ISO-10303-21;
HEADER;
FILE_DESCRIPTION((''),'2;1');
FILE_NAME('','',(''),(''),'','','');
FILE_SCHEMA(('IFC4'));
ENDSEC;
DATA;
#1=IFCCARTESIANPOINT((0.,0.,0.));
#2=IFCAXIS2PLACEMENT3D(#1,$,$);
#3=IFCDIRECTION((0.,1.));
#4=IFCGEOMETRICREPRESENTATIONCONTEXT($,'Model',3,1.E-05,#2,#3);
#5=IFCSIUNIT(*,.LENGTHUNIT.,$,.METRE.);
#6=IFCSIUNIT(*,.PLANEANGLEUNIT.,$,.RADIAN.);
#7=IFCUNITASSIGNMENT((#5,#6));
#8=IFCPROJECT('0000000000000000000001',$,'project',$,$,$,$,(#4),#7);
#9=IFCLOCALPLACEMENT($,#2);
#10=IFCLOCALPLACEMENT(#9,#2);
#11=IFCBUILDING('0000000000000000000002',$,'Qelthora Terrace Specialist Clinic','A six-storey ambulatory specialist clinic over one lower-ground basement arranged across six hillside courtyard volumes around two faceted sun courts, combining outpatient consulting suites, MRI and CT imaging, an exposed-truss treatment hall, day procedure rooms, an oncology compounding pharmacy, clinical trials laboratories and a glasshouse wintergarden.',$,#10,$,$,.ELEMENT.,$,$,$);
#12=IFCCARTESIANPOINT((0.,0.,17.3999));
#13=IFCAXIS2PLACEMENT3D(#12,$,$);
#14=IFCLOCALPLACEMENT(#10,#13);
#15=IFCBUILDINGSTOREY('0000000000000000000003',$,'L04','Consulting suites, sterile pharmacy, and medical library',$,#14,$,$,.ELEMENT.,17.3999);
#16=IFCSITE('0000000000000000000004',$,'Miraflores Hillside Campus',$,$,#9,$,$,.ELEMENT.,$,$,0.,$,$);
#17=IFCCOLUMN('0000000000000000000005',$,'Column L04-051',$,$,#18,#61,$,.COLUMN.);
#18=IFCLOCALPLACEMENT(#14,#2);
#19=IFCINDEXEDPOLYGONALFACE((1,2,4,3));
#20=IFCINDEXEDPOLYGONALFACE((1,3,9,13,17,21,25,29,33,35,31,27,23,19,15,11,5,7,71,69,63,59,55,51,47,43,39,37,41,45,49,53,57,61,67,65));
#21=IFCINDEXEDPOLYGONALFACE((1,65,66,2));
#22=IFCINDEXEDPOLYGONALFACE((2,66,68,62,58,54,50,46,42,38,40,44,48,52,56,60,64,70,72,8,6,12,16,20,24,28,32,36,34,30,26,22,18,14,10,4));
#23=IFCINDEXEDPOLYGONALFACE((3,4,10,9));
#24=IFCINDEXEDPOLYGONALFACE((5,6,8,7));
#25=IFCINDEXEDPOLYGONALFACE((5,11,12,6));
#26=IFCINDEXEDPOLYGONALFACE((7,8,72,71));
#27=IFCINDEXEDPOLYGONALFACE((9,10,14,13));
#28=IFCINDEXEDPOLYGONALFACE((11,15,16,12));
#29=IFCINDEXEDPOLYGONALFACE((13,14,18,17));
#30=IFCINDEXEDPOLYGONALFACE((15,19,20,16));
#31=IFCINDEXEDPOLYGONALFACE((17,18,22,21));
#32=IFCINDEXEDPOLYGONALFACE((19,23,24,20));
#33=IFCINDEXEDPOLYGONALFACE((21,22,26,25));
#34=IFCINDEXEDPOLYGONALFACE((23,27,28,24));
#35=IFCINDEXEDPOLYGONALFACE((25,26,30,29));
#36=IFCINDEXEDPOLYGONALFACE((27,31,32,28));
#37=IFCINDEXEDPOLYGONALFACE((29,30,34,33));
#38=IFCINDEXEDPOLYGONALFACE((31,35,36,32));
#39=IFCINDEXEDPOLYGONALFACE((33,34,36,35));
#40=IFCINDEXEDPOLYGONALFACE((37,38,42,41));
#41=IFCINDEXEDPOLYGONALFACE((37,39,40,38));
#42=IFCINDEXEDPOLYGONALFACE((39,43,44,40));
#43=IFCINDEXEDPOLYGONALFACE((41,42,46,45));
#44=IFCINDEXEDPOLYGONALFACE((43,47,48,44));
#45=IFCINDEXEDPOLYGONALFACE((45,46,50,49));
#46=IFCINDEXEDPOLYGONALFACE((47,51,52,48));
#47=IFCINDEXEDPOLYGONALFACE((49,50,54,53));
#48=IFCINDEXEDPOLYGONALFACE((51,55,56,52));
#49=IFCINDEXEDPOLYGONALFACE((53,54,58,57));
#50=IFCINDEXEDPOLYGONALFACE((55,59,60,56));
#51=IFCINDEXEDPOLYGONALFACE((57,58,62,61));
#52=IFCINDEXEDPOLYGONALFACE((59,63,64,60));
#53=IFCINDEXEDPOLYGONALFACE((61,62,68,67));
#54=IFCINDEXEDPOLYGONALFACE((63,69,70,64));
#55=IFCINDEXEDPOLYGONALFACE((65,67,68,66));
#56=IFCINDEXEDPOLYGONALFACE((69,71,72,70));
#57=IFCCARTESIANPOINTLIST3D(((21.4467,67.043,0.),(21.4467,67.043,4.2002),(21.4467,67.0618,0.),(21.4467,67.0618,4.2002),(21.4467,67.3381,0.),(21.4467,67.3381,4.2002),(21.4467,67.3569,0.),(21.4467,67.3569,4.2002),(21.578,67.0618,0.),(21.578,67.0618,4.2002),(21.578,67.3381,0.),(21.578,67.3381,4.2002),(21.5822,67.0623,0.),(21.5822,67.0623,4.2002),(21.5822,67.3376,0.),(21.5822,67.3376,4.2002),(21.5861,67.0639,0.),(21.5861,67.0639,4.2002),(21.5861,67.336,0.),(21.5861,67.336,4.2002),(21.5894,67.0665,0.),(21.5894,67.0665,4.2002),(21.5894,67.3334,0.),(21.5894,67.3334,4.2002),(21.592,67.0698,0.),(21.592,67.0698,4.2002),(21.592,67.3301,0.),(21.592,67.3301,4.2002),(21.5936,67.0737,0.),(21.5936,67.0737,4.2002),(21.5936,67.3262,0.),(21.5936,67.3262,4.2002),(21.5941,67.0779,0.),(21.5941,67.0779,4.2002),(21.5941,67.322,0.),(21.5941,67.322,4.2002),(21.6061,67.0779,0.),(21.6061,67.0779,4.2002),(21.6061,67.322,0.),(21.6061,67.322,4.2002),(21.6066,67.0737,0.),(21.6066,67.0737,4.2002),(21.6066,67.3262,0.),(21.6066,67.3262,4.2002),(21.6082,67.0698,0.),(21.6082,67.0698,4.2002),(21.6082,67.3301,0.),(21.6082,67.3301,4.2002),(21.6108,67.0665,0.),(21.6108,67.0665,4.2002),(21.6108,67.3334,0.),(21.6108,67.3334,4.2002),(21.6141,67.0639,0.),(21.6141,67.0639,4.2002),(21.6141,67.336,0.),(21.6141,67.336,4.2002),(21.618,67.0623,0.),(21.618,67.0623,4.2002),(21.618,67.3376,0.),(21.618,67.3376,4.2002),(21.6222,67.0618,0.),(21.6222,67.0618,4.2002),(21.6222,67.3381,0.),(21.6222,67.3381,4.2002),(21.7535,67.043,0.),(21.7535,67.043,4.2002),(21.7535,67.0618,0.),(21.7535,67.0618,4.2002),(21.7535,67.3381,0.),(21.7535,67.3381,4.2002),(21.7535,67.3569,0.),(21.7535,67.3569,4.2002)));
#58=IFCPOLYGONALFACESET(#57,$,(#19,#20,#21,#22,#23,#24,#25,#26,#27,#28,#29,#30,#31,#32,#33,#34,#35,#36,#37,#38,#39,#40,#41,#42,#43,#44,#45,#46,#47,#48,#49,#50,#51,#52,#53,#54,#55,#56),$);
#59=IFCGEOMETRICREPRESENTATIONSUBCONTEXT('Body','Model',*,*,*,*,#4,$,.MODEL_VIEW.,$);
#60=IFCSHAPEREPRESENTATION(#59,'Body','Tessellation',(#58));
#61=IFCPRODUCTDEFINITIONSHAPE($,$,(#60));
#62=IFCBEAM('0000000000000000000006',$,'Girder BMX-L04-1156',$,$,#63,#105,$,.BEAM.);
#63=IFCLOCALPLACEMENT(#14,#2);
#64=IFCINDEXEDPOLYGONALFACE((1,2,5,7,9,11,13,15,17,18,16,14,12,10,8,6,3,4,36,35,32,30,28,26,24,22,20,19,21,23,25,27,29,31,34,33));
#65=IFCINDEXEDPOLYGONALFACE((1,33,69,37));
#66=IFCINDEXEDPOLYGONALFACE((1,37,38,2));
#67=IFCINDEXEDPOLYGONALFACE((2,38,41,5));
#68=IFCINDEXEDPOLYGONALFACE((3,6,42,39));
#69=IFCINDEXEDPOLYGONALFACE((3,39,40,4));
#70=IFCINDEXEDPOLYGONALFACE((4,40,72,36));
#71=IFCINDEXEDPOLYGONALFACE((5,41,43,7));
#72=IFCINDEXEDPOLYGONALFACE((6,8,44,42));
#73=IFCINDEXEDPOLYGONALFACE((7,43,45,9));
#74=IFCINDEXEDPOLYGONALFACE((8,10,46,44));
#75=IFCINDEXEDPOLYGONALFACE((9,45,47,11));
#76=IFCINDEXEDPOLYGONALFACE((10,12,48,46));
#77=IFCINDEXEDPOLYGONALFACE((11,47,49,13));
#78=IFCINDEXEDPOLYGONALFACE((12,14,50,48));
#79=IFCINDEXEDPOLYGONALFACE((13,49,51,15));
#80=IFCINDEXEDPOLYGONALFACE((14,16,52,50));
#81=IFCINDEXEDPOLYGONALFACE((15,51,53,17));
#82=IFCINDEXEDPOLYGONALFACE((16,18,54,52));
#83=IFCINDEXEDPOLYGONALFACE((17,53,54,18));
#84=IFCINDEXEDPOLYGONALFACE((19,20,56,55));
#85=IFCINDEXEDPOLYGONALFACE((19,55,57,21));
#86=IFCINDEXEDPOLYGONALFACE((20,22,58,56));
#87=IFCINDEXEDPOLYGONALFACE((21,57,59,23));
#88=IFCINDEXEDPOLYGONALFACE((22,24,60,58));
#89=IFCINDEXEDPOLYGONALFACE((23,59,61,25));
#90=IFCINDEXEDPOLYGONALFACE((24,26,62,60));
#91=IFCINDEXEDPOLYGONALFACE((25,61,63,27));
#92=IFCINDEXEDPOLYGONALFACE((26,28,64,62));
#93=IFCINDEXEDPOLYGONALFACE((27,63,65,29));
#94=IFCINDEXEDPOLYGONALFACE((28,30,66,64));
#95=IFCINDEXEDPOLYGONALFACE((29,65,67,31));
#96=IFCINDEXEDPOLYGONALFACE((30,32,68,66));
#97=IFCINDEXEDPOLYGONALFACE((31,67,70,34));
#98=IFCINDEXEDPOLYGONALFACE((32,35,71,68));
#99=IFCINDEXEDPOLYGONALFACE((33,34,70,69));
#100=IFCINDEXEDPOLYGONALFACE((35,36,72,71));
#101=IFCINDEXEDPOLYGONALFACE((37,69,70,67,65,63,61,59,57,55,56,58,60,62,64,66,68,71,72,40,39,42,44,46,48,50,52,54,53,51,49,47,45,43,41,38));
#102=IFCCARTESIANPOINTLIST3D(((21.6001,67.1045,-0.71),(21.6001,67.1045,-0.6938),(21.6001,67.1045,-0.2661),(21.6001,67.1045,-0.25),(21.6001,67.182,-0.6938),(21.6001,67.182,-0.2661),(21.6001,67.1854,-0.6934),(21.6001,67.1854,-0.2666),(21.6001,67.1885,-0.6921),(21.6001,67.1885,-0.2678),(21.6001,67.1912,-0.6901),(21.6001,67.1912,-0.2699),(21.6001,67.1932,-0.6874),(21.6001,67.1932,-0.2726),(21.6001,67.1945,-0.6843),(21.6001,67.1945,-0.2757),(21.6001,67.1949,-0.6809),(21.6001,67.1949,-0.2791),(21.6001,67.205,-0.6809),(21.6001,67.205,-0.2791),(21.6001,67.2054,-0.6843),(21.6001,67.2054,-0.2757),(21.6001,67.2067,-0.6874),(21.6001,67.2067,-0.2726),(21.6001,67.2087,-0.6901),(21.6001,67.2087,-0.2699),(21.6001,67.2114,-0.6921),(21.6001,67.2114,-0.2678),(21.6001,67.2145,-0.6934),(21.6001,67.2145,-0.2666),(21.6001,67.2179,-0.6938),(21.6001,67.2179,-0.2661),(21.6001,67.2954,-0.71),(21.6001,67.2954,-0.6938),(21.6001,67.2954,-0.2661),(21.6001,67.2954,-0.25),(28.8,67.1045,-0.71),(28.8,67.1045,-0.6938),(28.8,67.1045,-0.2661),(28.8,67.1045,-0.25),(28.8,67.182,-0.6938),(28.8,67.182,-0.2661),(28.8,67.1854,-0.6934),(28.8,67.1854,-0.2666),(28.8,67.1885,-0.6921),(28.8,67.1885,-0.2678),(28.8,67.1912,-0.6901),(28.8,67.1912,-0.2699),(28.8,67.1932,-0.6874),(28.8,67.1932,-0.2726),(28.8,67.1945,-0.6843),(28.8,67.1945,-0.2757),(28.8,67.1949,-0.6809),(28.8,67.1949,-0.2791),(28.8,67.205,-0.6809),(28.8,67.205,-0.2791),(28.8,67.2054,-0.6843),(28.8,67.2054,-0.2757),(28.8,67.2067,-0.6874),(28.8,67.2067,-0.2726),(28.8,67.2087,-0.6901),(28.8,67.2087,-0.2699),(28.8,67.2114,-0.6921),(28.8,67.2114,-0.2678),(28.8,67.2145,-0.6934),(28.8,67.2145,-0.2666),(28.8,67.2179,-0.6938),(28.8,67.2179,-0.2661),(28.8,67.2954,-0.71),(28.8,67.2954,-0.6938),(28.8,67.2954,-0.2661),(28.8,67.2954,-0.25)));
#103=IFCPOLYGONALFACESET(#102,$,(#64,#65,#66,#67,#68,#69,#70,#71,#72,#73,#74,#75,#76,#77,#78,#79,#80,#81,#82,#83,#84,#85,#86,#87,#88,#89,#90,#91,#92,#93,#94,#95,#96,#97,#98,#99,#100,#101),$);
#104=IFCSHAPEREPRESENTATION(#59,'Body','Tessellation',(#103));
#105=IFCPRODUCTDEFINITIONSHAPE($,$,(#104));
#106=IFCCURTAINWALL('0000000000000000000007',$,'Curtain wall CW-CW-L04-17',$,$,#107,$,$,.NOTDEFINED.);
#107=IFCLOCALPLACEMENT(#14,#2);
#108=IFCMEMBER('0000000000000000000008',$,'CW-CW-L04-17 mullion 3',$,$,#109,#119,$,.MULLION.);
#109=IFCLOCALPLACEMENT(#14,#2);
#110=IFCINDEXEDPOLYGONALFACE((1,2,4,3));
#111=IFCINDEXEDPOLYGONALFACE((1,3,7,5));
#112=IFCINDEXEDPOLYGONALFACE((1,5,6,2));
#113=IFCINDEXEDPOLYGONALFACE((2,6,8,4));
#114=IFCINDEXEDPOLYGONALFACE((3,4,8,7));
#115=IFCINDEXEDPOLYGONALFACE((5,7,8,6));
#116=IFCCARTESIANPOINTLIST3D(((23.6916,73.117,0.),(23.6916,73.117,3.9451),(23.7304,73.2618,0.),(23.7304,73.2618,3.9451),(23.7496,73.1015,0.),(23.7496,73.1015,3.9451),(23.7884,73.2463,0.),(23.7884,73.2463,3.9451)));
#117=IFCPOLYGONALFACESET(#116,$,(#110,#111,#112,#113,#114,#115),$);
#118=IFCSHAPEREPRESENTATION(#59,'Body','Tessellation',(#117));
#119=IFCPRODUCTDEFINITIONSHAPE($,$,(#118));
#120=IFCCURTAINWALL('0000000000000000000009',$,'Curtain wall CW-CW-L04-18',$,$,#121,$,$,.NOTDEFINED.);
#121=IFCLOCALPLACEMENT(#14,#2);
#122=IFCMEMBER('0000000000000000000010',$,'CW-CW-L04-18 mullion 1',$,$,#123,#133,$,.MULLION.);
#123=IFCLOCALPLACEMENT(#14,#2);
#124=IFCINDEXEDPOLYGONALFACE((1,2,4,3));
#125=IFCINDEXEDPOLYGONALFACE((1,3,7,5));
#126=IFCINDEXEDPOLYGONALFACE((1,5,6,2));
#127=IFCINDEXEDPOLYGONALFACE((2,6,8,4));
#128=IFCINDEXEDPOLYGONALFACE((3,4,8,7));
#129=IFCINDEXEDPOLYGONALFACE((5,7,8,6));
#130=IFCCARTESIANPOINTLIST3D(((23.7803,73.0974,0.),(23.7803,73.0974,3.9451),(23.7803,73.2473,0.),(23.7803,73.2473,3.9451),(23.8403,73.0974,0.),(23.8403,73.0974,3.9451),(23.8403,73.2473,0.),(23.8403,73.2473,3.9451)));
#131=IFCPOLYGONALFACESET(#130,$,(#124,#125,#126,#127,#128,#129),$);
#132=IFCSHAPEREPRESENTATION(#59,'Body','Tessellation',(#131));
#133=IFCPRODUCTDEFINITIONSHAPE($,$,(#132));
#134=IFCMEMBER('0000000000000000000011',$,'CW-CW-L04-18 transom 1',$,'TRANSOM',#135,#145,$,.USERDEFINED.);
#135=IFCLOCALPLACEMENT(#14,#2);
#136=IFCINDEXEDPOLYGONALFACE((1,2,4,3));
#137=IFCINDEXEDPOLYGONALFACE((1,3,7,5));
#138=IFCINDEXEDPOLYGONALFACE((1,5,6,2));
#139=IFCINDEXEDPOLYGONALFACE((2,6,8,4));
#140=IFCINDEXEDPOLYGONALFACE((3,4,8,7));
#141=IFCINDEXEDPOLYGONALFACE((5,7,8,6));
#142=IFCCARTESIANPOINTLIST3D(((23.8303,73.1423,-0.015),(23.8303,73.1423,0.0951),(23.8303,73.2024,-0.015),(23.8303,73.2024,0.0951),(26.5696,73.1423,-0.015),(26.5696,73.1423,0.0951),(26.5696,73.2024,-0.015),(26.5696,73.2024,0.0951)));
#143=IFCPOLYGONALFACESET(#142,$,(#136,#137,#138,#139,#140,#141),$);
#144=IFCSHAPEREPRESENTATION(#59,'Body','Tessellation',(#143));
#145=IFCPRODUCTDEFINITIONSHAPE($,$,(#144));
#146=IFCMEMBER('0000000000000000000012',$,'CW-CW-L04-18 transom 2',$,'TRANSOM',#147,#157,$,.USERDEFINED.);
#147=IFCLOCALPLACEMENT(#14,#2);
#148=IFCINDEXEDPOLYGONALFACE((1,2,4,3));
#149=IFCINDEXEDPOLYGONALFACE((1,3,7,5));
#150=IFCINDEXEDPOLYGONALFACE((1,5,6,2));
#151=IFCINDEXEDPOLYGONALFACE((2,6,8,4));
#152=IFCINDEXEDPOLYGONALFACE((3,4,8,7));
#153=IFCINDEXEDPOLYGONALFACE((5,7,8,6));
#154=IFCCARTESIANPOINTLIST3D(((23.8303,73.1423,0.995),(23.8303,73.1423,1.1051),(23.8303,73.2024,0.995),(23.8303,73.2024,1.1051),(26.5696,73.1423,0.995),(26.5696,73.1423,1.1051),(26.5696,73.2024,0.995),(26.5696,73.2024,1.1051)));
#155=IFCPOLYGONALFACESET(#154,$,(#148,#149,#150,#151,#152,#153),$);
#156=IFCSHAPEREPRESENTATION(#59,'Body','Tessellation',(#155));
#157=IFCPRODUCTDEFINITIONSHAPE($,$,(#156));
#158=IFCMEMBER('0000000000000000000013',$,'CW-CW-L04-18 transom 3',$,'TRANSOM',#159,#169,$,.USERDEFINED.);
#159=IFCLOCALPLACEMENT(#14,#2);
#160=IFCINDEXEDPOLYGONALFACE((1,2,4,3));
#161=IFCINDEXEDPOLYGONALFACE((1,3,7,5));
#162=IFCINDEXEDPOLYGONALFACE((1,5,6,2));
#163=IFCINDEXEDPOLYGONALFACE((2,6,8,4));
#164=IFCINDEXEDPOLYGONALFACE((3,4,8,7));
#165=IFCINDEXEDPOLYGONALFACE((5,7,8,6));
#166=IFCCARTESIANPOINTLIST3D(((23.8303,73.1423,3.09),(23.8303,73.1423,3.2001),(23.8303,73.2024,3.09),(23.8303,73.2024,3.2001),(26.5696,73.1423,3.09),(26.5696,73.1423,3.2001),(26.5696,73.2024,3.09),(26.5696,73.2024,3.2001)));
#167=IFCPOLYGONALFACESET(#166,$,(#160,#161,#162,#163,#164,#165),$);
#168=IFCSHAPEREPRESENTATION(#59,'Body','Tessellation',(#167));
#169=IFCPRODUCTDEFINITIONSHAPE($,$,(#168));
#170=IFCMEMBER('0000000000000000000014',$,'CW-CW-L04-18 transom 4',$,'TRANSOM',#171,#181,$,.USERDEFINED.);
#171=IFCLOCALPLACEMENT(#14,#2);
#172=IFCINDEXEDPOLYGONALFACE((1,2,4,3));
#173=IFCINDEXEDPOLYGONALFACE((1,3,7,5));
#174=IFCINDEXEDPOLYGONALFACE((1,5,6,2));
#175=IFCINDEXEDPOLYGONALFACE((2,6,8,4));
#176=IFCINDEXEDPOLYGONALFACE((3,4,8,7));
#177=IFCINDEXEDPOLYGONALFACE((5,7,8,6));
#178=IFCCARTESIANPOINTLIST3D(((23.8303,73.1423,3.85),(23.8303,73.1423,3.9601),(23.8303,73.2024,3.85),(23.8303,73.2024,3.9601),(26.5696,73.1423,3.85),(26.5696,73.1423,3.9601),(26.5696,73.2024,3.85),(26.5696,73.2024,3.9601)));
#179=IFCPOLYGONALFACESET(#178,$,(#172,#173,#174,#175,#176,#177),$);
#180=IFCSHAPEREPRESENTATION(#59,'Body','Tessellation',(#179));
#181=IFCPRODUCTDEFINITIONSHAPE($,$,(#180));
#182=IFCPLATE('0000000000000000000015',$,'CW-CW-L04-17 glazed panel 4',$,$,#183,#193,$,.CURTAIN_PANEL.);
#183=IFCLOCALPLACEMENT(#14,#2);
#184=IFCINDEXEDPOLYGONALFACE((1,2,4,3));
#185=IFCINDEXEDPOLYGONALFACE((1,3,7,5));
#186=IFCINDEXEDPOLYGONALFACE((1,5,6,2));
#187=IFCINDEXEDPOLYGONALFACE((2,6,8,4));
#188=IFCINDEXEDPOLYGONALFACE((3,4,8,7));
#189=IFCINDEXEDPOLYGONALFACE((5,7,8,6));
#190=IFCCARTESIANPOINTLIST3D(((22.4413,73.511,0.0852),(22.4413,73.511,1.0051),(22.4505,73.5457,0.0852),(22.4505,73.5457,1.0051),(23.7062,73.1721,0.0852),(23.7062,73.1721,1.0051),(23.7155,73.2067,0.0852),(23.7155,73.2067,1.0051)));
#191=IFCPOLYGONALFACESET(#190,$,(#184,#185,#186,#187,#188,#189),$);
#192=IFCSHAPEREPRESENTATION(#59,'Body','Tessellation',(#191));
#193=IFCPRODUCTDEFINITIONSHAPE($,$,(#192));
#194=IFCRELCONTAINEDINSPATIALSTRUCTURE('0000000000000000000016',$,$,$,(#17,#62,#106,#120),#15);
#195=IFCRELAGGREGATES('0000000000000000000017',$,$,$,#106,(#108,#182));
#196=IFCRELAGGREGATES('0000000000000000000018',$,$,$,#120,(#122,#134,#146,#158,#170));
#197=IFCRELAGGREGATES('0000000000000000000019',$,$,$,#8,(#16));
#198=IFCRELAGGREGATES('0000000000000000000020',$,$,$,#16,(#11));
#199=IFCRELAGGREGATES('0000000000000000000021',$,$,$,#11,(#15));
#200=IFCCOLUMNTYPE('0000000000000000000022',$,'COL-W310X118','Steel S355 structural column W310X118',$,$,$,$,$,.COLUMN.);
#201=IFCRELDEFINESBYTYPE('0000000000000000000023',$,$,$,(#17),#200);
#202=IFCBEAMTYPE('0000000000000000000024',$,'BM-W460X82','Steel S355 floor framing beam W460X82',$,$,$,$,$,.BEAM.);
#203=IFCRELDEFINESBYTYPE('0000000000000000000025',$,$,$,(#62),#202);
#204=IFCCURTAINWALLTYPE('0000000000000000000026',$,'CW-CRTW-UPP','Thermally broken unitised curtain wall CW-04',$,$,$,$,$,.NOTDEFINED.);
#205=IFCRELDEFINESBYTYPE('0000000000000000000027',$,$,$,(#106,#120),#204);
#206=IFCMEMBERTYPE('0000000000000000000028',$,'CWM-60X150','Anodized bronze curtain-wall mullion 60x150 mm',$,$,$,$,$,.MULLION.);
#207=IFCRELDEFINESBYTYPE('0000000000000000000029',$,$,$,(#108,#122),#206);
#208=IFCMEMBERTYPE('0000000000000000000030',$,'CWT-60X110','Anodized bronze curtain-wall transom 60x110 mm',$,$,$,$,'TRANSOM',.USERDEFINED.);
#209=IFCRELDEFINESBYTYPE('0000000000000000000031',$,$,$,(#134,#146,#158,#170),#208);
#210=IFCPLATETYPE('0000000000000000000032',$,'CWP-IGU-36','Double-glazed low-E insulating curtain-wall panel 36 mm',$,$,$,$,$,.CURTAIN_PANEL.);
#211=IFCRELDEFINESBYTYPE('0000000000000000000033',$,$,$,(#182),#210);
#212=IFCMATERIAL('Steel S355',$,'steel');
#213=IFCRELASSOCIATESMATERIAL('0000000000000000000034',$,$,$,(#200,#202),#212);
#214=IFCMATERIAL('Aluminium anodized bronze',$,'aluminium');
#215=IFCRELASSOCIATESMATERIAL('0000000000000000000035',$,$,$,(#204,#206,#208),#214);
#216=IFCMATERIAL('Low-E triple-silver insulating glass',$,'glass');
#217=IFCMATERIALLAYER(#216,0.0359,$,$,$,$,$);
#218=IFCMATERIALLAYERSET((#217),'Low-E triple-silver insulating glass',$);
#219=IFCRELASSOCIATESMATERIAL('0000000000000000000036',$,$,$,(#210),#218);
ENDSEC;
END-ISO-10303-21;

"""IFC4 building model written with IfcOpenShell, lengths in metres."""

from ifc_helpers import new_model, si_unit, direction, frame, origin, origin_2d, place, context, subcontext, project, spatial, rectangle, i_section, extrude, material, layer, layer_set, material_profile, profile_set, type_object, element, aggregate, save


model = new_model("IFC4")

# Units and contexts
model_context = context("Model", 3, precision=1e-05, world=origin(), true_north=direction((0.0, 1.0)))
body_context = subcontext(model_context, "Body", "Model", "MODEL_VIEW")
ifc_project = project(units=[si_unit("LENGTHUNIT", "METRE"), si_unit("PLANEANGLEUNIT", "RADIAN")], contexts=[model_context])

# Site, building, storey
site_placement = place(None, origin())
site = spatial("IfcSite", under=ifc_project, at=site_placement, Name="Miraflores Hillside Campus", CompositionType="ELEMENT", RefElevation=0.0)
building_placement = place(site_placement, origin())
building = spatial("IfcBuilding", under=site, at=building_placement, Name="Qelthora Terrace Specialist Clinic", Description="A six-storey ambulatory specialist clinic over one lower-ground basement arranged across six hillside courtyard volumes around two faceted sun courts, combining outpatient consulting suites, MRI and CT imaging, an exposed-truss treatment hall, day procedure rooms, an oncology compounding pharmacy, clinical trials laboratories and a glasshouse wintergarden.", CompositionType="ELEMENT")
storey_placement = place(building_placement, frame((0.0, 0.0, 17.3999)))
storey = spatial("IfcBuildingStorey", under=building, at=storey_placement, Name="L04", Description="Consulting suites, sterile pharmacy, and medical library", CompositionType="ELEMENT", Elevation=17.3999)

# Column
ifc_material_1 = material(Name="Steel S355", Category="steel")
ifc_material_profile_1 = material_profile(ifc_material_1, i_section(OverallWidth=0.3069, OverallDepth=0.314, WebThickness=0.012, FlangeThickness=0.0188, FilletRadius=0.0161, at=origin_2d()), Name="W310X118")
ifc_profile_set_1 = profile_set([ifc_material_profile_1], Name="Steel S355")
column_type = type_object("IfcColumnType", Name="COL-W310X118", Description="Steel S355 structural column W310X118", PredefinedType="COLUMN", material=ifc_profile_set_1)
column_placement = place(storey_placement, frame((21.6001, 67.2, 0.0), z_axis=(0.0, 0.0, 1.0), x_axis=(1.0, 0.0, 0.0)))
element("IfcColumn", 1, at=column_placement, inside=storey, type_object=column_type, Name="Column L04-051", PredefinedType="COLUMN", context=body_context, shape_type="SweptSolid", body=[
    extrude(i_section(OverallWidth=0.3069, OverallDepth=0.314, WebThickness=0.012, FlangeThickness=0.0188, FilletRadius=0.0161, at=origin_2d()), origin(), (0.0, 0.0, 1.0), 4.2002),
])

# Beam
ifc_material_profile_2 = material_profile(ifc_material_1, i_section(OverallWidth=0.1909, OverallDepth=0.46, WebThickness=0.01, FlangeThickness=0.0161, FilletRadius=0.0129, at=origin_2d()), Name="W460X82")
ifc_profile_set_2 = profile_set([ifc_material_profile_2], Name="Steel S355")
beam_type = type_object("IfcBeamType", Name="BM-W460X82", Description="Steel S355 floor framing beam W460X82", PredefinedType="BEAM", material=ifc_profile_set_2)
beam_placement = place(storey_placement, frame((21.6001, 67.2, -0.48), z_axis=(1.0, 0.0, 0.0), x_axis=(0.0, 1.0, 0.0)))
element("IfcBeam", 2, at=beam_placement, inside=storey, type_object=beam_type, Name="Girder BMX-L04-1156", PredefinedType="BEAM", context=body_context, shape_type="SweptSolid", body=[
    extrude(i_section(OverallWidth=0.1909, OverallDepth=0.46, WebThickness=0.01, FlangeThickness=0.0161, FilletRadius=0.0129, at=origin_2d()), origin(), (0.0, 0.0, 1.0), 7.2),
])

# Curtain wall, member
ifc_material_2 = material(Name="Aluminium anodized bronze", Category="aluminium")
curtain_wall_type = type_object("IfcCurtainWallType", Name="CW-CRTW-UPP", Description="Thermally broken unitised curtain wall CW-04", PredefinedType="NOTDEFINED", material=ifc_material_2)
curtain_wall_1_placement = place(storey_placement, origin())
curtain_wall_1 = element("IfcCurtainWall", 3, at=curtain_wall_1_placement, inside=storey, type_object=curtain_wall_type, Name="Curtain wall CW-CW-L04-17", PredefinedType="NOTDEFINED")
ifc_material_profile_3 = material_profile(ifc_material_2, rectangle(XDim=0.0601, YDim=0.1499, at=origin_2d()), Name="CWM60X150")
ifc_profile_set_3 = profile_set([ifc_material_profile_3], Name="Aluminium anodized bronze")
member_type_1 = type_object("IfcMemberType", Name="CWM-60X150", Description="Anodized bronze curtain-wall mullion 60x150 mm", PredefinedType="MULLION", material=ifc_profile_set_3)
member_1_placement = place(storey_placement, frame((23.74, 73.1816, 0.0), z_axis=(0.0, 0.0, 1.0), x_axis=(0.965925, -0.25882, 0.0)))
member_1 = element("IfcMember", 4, at=member_1_placement, type_object=member_type_1, Name="CW-CW-L04-17 mullion 3", PredefinedType="MULLION", context=body_context, shape_type="SweptSolid", body=[
    extrude(rectangle(XDim=0.0601, YDim=0.1499, at=origin_2d()), origin(), (0.0, 0.0, 1.0), 3.9451),
])

# Curtain wall, members
curtain_wall_2_placement = place(storey_placement, origin())
curtain_wall_2 = element("IfcCurtainWall", 5, at=curtain_wall_2_placement, inside=storey, type_object=curtain_wall_type, Name="Curtain wall CW-CW-L04-18", PredefinedType="NOTDEFINED")
member_2_placement = place(storey_placement, frame((23.8103, 73.1724, 0.0), z_axis=(0.0, 0.0, 1.0), x_axis=(1.0, 0.0, 0.0)))
member_2 = element("IfcMember", 6, at=member_2_placement, type_object=member_type_1, Name="CW-CW-L04-18 mullion 1", PredefinedType="MULLION", context=body_context, shape_type="SweptSolid", body=[
    extrude(rectangle(XDim=0.0601, YDim=0.1499, at=origin_2d()), origin(), (0.0, 0.0, 1.0), 3.9451),
])
ifc_material_profile_4 = material_profile(ifc_material_2, rectangle(XDim=0.0601, YDim=0.1101, at=origin_2d()), Name="CWT60X110")
ifc_profile_set_4 = profile_set([ifc_material_profile_4], Name="Aluminium anodized bronze")
member_type_2 = type_object("IfcMemberType", Name="CWT-60X110", Description="Anodized bronze curtain-wall transom 60x110 mm", ElementType="TRANSOM", PredefinedType="USERDEFINED", material=ifc_profile_set_4)
member_3_placement = place(storey_placement, frame((23.8303, 73.1724, 0.04), z_axis=(1.0, 0.0, 0.0), x_axis=(0.0, 1.0, 0.0)))
member_3 = element("IfcMember", 7, at=member_3_placement, type_object=member_type_2, Name="CW-CW-L04-18 transom 1", ObjectType="TRANSOM", PredefinedType="USERDEFINED", context=body_context, shape_type="SweptSolid", body=[
    extrude(rectangle(XDim=0.0601, YDim=0.1101, at=origin_2d()), origin(), (0.0, 0.0, 1.0), 2.7393),
])
member_4_placement = place(storey_placement, frame((23.8303, 73.1724, 1.05), z_axis=(1.0, 0.0, 0.0), x_axis=(0.0, 1.0, 0.0)))
member_4 = element("IfcMember", 8, at=member_4_placement, type_object=member_type_2, Name="CW-CW-L04-18 transom 2", ObjectType="TRANSOM", PredefinedType="USERDEFINED", context=body_context, shape_type="SweptSolid", body=[
    extrude(rectangle(XDim=0.0601, YDim=0.1101, at=origin_2d()), origin(), (0.0, 0.0, 1.0), 2.7393),
])
member_5_placement = place(storey_placement, frame((23.8303, 73.1724, 3.145), z_axis=(1.0, 0.0, 0.0), x_axis=(0.0, 1.0, 0.0)))
member_5 = element("IfcMember", 9, at=member_5_placement, type_object=member_type_2, Name="CW-CW-L04-18 transom 3", ObjectType="TRANSOM", PredefinedType="USERDEFINED", context=body_context, shape_type="SweptSolid", body=[
    extrude(rectangle(XDim=0.0601, YDim=0.1101, at=origin_2d()), origin(), (0.0, 0.0, 1.0), 2.7393),
])
member_6_placement = place(storey_placement, frame((23.8303, 73.1724, 3.905), z_axis=(1.0, 0.0, 0.0), x_axis=(0.0, 1.0, 0.0)))
member_6 = element("IfcMember", 10, at=member_6_placement, type_object=member_type_2, Name="CW-CW-L04-18 transom 4", ObjectType="TRANSOM", PredefinedType="USERDEFINED", context=body_context, shape_type="SweptSolid", body=[
    extrude(rectangle(XDim=0.0601, YDim=0.1101, at=origin_2d()), origin(), (0.0, 0.0, 1.0), 2.7393),
])

# Plate
ifc_material_3 = material(Name="Low-E triple-silver insulating glass", Category="glass")
ifc_layer_1 = layer(ifc_material_3, 0.0359)
ifc_layer_set_1 = layer_set([ifc_layer_1], Name="Low-E triple-silver insulating glass")
plate_type = type_object("IfcPlateType", Name="CWP-IGU-36", Description="Double-glazed low-E insulating curtain-wall panel 36 mm", PredefinedType="CURTAIN_PANEL", material=ifc_layer_set_1)
plate_1_placement = place(storey_placement, frame((23.0784, 73.3589, 0.0852), z_axis=(0.0, 0.0, 1.0), x_axis=(0.965925, -0.258821, 0.0)))
plate_1 = element("IfcPlate", 11, at=plate_1_placement, type_object=plate_type, Name="CW-CW-L04-17 glazed panel 4", PredefinedType="CURTAIN_PANEL", context=body_context, shape_type="SweptSolid", body=[
    extrude(rectangle(XDim=1.3096, YDim=0.0359, at=origin_2d()), origin(), (0.0, 0.0, 1.0), 0.9199),
])
aggregate(curtain_wall_1, [member_1, plate_1])
aggregate(curtain_wall_2, [member_2, member_3, member_4, member_5, member_6])

save(model, "model.ifc")
